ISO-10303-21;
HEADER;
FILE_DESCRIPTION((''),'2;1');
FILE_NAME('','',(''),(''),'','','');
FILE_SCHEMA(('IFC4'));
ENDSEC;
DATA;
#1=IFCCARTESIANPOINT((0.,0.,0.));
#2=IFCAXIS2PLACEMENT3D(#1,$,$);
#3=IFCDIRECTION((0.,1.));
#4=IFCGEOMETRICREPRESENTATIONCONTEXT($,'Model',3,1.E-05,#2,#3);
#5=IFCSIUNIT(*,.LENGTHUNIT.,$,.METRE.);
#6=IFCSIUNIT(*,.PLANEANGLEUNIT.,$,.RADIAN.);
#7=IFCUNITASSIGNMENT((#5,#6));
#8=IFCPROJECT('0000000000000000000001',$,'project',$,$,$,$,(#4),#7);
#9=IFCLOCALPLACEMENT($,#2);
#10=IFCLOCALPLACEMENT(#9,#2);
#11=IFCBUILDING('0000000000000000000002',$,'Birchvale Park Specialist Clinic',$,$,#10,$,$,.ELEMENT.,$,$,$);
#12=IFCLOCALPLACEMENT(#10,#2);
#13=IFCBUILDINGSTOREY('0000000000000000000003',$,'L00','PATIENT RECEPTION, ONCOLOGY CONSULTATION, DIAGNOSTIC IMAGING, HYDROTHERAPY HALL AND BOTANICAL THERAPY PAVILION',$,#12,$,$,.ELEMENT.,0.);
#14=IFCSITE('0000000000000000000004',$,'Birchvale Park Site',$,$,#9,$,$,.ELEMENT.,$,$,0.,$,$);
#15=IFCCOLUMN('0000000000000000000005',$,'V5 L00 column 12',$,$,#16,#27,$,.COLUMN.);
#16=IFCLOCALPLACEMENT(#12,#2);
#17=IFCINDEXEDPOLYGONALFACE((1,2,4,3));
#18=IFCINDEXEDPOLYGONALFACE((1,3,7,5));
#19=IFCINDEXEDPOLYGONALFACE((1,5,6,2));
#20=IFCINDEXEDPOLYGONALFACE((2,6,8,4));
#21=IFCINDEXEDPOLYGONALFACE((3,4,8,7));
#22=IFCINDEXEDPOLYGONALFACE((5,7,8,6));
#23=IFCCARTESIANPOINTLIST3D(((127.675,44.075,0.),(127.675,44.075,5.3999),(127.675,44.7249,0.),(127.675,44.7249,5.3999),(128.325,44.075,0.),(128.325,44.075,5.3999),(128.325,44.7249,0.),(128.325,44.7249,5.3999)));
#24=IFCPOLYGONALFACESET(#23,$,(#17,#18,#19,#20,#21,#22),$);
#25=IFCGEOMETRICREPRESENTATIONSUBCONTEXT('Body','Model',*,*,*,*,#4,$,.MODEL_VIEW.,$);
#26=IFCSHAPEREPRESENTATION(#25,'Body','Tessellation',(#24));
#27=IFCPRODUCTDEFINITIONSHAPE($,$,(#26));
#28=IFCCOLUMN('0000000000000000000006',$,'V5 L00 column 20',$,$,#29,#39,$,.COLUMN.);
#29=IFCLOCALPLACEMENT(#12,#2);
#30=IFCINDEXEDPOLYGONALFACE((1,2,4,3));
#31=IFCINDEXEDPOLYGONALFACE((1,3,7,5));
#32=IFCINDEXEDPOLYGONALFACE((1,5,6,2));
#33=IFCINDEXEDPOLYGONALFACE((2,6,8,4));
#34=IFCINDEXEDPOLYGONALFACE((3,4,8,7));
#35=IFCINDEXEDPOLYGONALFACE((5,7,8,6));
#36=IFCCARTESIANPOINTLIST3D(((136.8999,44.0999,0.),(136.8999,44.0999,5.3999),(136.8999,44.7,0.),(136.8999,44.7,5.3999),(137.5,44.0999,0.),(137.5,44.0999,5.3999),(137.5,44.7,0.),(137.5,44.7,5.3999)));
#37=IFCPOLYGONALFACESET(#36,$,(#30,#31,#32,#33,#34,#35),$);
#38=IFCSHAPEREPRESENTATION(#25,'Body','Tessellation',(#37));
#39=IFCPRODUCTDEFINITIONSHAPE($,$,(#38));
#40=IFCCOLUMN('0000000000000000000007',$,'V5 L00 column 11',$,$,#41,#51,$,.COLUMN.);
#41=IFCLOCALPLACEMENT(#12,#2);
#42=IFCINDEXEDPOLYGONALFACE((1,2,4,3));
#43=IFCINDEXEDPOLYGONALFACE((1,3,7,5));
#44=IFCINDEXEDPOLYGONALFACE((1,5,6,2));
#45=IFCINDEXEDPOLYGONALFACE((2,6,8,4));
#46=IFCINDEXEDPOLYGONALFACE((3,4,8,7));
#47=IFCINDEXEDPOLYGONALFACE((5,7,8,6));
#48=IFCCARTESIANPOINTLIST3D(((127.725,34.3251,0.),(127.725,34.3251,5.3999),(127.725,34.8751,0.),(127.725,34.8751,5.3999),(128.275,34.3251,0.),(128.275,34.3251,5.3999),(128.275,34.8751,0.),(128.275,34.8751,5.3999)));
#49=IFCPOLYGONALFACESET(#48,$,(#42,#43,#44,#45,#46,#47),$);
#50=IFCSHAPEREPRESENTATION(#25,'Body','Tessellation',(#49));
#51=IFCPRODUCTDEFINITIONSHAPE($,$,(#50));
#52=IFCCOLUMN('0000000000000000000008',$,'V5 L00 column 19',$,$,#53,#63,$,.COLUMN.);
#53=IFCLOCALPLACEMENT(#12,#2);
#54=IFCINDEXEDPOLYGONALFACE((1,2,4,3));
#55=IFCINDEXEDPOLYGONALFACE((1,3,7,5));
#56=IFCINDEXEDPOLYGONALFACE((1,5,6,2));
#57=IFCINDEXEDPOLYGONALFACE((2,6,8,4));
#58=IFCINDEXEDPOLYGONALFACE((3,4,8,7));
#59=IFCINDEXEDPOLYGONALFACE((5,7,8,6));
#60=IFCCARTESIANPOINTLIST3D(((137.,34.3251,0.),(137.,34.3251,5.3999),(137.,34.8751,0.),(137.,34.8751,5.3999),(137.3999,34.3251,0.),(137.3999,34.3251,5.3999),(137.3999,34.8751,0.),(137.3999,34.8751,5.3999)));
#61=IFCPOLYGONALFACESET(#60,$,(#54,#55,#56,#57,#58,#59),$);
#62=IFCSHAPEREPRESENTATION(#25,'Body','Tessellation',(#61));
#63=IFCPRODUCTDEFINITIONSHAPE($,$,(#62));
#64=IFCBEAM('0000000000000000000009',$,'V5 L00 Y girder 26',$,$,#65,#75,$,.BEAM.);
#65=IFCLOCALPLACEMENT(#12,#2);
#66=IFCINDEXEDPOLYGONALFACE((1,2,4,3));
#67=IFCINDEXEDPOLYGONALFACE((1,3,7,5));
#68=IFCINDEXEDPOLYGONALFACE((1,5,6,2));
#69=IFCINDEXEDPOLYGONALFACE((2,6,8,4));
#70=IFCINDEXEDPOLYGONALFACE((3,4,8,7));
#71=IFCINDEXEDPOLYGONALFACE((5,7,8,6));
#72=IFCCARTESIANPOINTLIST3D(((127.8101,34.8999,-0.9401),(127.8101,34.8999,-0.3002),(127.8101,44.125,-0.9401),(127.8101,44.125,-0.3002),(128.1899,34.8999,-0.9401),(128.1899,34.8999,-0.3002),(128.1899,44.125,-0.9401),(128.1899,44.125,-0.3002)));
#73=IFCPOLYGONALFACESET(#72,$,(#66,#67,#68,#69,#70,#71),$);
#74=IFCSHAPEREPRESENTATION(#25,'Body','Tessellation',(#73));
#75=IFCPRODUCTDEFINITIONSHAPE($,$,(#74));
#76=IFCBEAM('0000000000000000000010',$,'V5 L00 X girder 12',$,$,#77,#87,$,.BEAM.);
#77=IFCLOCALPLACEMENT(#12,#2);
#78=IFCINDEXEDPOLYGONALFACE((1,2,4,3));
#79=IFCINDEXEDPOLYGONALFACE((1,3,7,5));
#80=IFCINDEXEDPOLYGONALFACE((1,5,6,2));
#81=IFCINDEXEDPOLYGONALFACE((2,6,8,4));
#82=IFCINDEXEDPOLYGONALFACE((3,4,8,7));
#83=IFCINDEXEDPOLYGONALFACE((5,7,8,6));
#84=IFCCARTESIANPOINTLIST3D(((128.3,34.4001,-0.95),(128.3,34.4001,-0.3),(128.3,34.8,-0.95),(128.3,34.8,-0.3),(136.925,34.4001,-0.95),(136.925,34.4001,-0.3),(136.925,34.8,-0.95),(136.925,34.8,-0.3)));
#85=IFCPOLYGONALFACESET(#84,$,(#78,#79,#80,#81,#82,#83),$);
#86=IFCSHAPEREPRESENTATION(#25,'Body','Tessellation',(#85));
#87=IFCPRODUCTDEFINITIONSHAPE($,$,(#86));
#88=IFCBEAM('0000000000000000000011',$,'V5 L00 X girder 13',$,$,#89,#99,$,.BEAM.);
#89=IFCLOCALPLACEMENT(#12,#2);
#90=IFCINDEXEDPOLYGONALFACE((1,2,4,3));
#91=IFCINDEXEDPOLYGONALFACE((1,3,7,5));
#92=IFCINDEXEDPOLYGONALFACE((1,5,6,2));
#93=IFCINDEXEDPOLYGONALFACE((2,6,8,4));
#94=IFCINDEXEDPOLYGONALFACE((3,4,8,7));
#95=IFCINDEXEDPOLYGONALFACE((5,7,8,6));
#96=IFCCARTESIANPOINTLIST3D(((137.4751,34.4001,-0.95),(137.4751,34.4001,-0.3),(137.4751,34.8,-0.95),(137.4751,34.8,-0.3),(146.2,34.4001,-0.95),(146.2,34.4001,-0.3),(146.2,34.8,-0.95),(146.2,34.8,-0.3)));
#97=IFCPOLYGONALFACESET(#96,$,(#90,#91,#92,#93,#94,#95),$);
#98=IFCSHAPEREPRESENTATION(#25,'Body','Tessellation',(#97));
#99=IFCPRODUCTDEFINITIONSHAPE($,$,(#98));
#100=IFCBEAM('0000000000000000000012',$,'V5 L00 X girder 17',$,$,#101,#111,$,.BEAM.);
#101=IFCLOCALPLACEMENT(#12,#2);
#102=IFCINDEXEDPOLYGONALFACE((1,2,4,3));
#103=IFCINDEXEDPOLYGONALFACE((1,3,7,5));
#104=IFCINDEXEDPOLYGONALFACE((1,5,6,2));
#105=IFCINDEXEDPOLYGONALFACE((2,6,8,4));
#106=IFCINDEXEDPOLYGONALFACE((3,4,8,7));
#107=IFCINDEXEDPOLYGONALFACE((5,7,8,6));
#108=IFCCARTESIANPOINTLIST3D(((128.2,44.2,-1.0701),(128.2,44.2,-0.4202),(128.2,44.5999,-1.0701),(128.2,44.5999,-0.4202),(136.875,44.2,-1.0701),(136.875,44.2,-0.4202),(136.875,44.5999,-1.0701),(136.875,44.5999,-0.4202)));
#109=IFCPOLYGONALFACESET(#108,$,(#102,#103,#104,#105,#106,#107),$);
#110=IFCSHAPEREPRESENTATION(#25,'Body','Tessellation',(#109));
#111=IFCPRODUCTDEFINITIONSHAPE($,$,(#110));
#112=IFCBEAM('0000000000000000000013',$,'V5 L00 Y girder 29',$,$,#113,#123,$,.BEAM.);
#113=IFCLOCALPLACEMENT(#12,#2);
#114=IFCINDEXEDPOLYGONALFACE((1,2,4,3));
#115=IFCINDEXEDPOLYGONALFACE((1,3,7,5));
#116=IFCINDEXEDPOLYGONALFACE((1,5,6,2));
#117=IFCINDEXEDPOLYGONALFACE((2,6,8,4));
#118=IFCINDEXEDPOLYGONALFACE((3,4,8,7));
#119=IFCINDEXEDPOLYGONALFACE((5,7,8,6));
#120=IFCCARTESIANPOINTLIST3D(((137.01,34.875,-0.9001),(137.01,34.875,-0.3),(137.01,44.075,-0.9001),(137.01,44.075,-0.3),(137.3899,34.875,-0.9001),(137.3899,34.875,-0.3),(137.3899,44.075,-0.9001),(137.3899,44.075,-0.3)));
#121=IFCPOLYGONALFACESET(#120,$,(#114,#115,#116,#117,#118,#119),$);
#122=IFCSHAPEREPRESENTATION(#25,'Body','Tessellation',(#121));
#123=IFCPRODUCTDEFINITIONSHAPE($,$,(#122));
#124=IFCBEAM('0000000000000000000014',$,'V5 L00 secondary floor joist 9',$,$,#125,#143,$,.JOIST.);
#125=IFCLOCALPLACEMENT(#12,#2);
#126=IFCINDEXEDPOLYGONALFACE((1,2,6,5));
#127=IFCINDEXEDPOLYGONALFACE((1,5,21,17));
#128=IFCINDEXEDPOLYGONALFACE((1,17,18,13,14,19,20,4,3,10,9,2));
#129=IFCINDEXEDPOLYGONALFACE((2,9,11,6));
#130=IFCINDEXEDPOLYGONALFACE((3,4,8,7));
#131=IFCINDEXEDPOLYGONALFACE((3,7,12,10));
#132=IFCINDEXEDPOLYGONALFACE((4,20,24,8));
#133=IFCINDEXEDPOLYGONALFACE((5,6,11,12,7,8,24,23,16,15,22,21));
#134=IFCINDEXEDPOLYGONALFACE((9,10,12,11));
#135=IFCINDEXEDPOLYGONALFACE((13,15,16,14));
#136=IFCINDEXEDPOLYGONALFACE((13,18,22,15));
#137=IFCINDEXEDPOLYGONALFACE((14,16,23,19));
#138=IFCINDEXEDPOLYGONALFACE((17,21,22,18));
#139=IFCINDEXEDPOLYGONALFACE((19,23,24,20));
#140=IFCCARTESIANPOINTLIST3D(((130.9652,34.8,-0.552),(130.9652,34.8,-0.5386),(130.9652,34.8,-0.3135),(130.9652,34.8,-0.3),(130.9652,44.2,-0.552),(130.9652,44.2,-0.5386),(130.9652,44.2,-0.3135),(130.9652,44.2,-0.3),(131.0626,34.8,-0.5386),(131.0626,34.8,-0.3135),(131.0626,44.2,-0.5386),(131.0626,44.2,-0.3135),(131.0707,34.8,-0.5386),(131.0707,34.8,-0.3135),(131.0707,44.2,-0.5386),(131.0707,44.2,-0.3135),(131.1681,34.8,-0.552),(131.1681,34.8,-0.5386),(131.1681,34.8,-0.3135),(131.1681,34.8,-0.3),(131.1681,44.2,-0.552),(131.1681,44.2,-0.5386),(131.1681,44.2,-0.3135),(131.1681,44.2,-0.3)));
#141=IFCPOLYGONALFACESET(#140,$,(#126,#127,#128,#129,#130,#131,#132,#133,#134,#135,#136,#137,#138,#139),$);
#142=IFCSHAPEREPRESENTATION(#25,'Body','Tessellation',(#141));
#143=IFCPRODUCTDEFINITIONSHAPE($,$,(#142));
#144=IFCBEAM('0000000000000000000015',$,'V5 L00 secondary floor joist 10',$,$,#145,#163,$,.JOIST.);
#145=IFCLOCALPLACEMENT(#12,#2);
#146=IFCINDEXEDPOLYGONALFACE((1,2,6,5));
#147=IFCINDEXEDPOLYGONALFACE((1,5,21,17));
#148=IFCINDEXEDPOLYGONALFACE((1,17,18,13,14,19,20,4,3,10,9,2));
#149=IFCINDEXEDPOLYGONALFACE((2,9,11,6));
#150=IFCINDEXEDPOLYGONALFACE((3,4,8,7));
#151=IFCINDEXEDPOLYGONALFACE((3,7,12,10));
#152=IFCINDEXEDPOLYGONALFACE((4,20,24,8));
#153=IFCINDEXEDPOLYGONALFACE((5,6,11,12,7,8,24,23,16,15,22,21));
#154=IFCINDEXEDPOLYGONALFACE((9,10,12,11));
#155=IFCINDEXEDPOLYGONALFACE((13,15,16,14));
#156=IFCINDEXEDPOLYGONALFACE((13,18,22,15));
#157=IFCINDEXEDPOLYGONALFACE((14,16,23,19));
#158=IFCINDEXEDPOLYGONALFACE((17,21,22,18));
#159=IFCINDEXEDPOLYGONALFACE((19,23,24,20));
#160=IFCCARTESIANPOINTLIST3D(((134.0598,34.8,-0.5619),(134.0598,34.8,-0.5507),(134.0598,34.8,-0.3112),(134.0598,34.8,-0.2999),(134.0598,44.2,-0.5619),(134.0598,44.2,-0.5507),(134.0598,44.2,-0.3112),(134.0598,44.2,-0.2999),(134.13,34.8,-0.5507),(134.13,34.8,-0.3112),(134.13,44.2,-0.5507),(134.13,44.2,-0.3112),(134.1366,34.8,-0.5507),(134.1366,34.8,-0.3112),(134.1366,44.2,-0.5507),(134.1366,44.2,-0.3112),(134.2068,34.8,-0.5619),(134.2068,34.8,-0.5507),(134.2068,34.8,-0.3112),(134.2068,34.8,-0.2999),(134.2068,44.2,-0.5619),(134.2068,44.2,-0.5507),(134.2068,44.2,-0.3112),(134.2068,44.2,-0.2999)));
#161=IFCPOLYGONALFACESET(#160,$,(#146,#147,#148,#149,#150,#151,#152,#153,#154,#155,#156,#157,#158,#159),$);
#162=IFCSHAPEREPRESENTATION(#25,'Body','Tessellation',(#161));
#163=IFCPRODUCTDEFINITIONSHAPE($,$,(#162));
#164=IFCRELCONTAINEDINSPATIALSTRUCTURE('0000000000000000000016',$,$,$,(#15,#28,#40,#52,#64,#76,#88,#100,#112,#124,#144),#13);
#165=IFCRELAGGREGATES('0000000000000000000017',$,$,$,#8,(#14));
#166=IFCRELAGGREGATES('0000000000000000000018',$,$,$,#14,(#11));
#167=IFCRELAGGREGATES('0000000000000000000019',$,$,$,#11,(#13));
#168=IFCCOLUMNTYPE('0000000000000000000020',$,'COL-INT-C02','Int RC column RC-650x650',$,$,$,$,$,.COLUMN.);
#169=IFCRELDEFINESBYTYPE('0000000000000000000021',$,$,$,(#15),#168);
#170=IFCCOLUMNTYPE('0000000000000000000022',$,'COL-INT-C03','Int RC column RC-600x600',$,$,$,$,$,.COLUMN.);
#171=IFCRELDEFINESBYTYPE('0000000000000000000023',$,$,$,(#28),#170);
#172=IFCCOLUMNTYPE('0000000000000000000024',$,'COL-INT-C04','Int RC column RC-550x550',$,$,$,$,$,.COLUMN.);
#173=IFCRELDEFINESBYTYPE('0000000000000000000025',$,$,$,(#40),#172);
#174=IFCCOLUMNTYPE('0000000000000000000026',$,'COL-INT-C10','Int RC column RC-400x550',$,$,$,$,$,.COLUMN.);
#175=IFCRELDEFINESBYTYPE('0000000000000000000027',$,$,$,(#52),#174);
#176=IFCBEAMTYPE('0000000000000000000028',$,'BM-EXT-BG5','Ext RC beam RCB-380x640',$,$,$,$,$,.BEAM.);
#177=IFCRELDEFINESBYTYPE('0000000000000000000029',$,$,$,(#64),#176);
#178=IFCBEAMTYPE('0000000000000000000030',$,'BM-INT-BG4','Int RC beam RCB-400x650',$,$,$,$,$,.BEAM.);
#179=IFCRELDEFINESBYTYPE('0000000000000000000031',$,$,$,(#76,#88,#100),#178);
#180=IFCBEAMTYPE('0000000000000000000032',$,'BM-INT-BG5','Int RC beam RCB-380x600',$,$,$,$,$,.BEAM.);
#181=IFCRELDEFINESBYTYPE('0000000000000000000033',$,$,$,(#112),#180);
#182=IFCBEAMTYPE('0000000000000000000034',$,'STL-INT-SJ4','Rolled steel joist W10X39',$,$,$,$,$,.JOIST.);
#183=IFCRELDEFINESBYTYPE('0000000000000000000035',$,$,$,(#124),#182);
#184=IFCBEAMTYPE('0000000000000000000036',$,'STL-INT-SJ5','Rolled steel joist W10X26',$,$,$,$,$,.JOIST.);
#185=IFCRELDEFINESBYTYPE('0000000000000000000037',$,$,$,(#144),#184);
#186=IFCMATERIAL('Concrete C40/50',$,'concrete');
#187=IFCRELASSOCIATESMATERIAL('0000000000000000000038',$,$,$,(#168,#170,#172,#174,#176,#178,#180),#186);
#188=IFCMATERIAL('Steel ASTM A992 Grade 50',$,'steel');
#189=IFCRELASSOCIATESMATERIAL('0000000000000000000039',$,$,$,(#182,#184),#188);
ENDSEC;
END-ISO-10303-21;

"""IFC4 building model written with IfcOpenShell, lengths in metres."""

from ifc_helpers import new_model, si_unit, direction, frame, origin, origin_2d, place, context, subcontext, project, spatial, rectangle, i_section, extrude, material, material_profile, profile_set, type_object, element, save


model = new_model("IFC4")

# Units and contexts
model_context = context("Model", 3, precision=1e-05, world=origin(), true_north=direction((0.0, 1.0)))
body_context = subcontext(model_context, "Body", "Model", "MODEL_VIEW")
ifc_project = project(units=[si_unit("LENGTHUNIT", "METRE"), si_unit("PLANEANGLEUNIT", "RADIAN")], contexts=[model_context])

# Site, building, storey
site_placement = place(None, origin())
site = spatial("IfcSite", under=ifc_project, at=site_placement, Name="Birchvale Park Site", CompositionType="ELEMENT", RefElevation=0.0)
building_placement = place(site_placement, origin())
building = spatial("IfcBuilding", under=site, at=building_placement, Name="Birchvale Park Specialist Clinic", CompositionType="ELEMENT")
storey_placement = place(building_placement, origin())
storey = spatial("IfcBuildingStorey", under=building, at=storey_placement, Name="L00", Description="PATIENT RECEPTION, ONCOLOGY CONSULTATION, DIAGNOSTIC IMAGING, HYDROTHERAPY HALL AND BOTANICAL THERAPY PAVILION", CompositionType="ELEMENT", Elevation=0.0)

# Columns
ifc_material_1 = material(Name="Concrete C40/50", Category="concrete")
ifc_material_profile_1 = material_profile(ifc_material_1, rectangle(XDim=0.6499, YDim=0.6499, at=origin_2d()), Name="RC-650x650")
ifc_profile_set_1 = profile_set([ifc_material_profile_1], Name="Concrete C40/50")
column_type_1 = type_object("IfcColumnType", Name="COL-INT-C02", Description="Int RC column RC-650x650", PredefinedType="COLUMN", material=ifc_profile_set_1)
column_1_placement = place(storey_placement, frame((128.0, 44.3999, 0.0), z_axis=(0.0, 0.0, 1.0), x_axis=(1.0, 0.0, 0.0)))
element("IfcColumn", 1, at=column_1_placement, inside=storey, type_object=column_type_1, Name="V5 L00 column 12", PredefinedType="COLUMN", context=body_context, shape_type="SweptSolid", body=[
    extrude(rectangle(XDim=0.6499, YDim=0.6499, at=origin_2d()), origin(), (0.0, 0.0, 1.0), 5.3999),
])
ifc_material_profile_2 = material_profile(ifc_material_1, rectangle(XDim=0.6001, YDim=0.6001, at=origin_2d()), Name="RC-600x600")
ifc_profile_set_2 = profile_set([ifc_material_profile_2], Name="Concrete C40/50")
column_type_2 = type_object("IfcColumnType", Name="COL-INT-C03", Description="Int RC column RC-600x600", PredefinedType="COLUMN", material=ifc_profile_set_2)
column_2_placement = place(storey_placement, frame((137.2, 44.3999, 0.0), z_axis=(0.0, 0.0, 1.0), x_axis=(1.0, 0.0, 0.0)))
element("IfcColumn", 2, at=column_2_placement, inside=storey, type_object=column_type_2, Name="V5 L00 column 20", PredefinedType="COLUMN", context=body_context, shape_type="SweptSolid", body=[
    extrude(rectangle(XDim=0.6001, YDim=0.6001, at=origin_2d()), origin(), (0.0, 0.0, 1.0), 5.3999),
])
ifc_material_profile_3 = material_profile(ifc_material_1, rectangle(XDim=0.55, YDim=0.55, at=origin_2d()), Name="RC-550x550")
ifc_profile_set_3 = profile_set([ifc_material_profile_3], Name="Concrete C40/50")
column_type_3 = type_object("IfcColumnType", Name="COL-INT-C04", Description="Int RC column RC-550x550", PredefinedType="COLUMN", material=ifc_profile_set_3)
column_3_placement = place(storey_placement, frame((128.0, 34.6001, 0.0), z_axis=(0.0, 0.0, 1.0), x_axis=(1.0, 0.0, 0.0)))
element("IfcColumn", 3, at=column_3_placement, inside=storey, type_object=column_type_3, Name="V5 L00 column 11", PredefinedType="COLUMN", context=body_context, shape_type="SweptSolid", body=[
    extrude(rectangle(XDim=0.55, YDim=0.55, at=origin_2d()), origin(), (0.0, 0.0, 1.0), 5.3999),
])
ifc_material_profile_4 = material_profile(ifc_material_1, rectangle(XDim=0.3999, YDim=0.55, at=origin_2d()), Name="RC-400x550")
ifc_profile_set_4 = profile_set([ifc_material_profile_4], Name="Concrete C40/50")
column_type_4 = type_object("IfcColumnType", Name="COL-INT-C10", Description="Int RC column RC-400x550", PredefinedType="COLUMN", material=ifc_profile_set_4)
column_4_placement = place(storey_placement, frame((137.2, 34.6001, 0.0), z_axis=(0.0, 0.0, 1.0), x_axis=(1.0, 0.0, 0.0)))
element("IfcColumn", 4, at=column_4_placement, inside=storey, type_object=column_type_4, Name="V5 L00 column 19", PredefinedType="COLUMN", context=body_context, shape_type="SweptSolid", body=[
    extrude(rectangle(XDim=0.3999, YDim=0.55, at=origin_2d()), origin(), (0.0, 0.0, 1.0), 5.3999),
])

# Beams
ifc_material_profile_5 = material_profile(ifc_material_1, rectangle(XDim=0.3799, YDim=0.6399, at=origin_2d()), Name="RCB-380x640")
ifc_profile_set_5 = profile_set([ifc_material_profile_5], Name="Concrete C40/50")
beam_type_1 = type_object("IfcBeamType", Name="BM-EXT-BG5", Description="Ext RC beam RCB-380x640", PredefinedType="BEAM", material=ifc_profile_set_5)
beam_1_placement = place(storey_placement, frame((128.0, 34.8999, -0.6201), z_axis=(0.0, 1.0, 0.0), x_axis=(-1.0, 0.0, 0.0)))
element("IfcBeam", 5, at=beam_1_placement, inside=storey, type_object=beam_type_1, Name="V5 L00 Y girder 26", PredefinedType="BEAM", context=body_context, shape_type="SweptSolid", body=[
    extrude(rectangle(XDim=0.3799, YDim=0.6399, at=origin_2d()), origin(), (0.0, 0.0, 1.0), 9.2251),
])
ifc_material_profile_6 = material_profile(ifc_material_1, rectangle(XDim=0.3999, YDim=0.6499, at=origin_2d()), Name="RCB-400x650")
ifc_profile_set_6 = profile_set([ifc_material_profile_6], Name="Concrete C40/50")
beam_type_2 = type_object("IfcBeamType", Name="BM-INT-BG4", Description="Int RC beam RCB-400x650", PredefinedType="BEAM", material=ifc_profile_set_6)
beam_2_placement = place(storey_placement, frame((128.3, 34.6001, -0.625), z_axis=(1.0, 0.0, 0.0), x_axis=(0.0, 1.0, 0.0)))
element("IfcBeam", 6, at=beam_2_placement, inside=storey, type_object=beam_type_2, Name="V5 L00 X girder 12", PredefinedType="BEAM", context=body_context, shape_type="SweptSolid", body=[
    extrude(rectangle(XDim=0.3999, YDim=0.6499, at=origin_2d()), origin(), (0.0, 0.0, 1.0), 8.625),
])
beam_3_placement = place(storey_placement, frame((137.4751, 34.6001, -0.625), z_axis=(1.0, 0.0, 0.0), x_axis=(0.0, 1.0, 0.0)))
element("IfcBeam", 7, at=beam_3_placement, inside=storey, type_object=beam_type_2, Name="V5 L00 X girder 13", PredefinedType="BEAM", context=body_context, shape_type="SweptSolid", body=[
    extrude(rectangle(XDim=0.3999, YDim=0.6499, at=origin_2d()), origin(), (0.0, 0.0, 1.0), 8.7249),
])
beam_4_placement = place(storey_placement, frame((128.2, 44.3999, -0.7451), z_axis=(1.0, 0.0, 0.0), x_axis=(0.0, 1.0, 0.0)))
element("IfcBeam", 8, at=beam_4_placement, inside=storey, type_object=beam_type_2, Name="V5 L00 X girder 17", PredefinedType="BEAM", context=body_context, shape_type="SweptSolid", body=[
    extrude(rectangle(XDim=0.3999, YDim=0.6499, at=origin_2d()), origin(), (0.0, 0.0, 1.0), 8.675),
])
ifc_material_profile_7 = material_profile(ifc_material_1, rectangle(XDim=0.3799, YDim=0.6001, at=origin_2d()), Name="RCB-380x600")
ifc_profile_set_7 = profile_set([ifc_material_profile_7], Name="Concrete C40/50")
beam_type_3 = type_object("IfcBeamType", Name="BM-INT-BG5", Description="Int RC beam RCB-380x600", PredefinedType="BEAM", material=ifc_profile_set_7)
beam_5_placement = place(storey_placement, frame((137.2, 34.875, -0.6001), z_axis=(0.0, 1.0, 0.0), x_axis=(-1.0, 0.0, 0.0)))
element("IfcBeam", 9, at=beam_5_placement, inside=storey, type_object=beam_type_3, Name="V5 L00 Y girder 29", PredefinedType="BEAM", context=body_context, shape_type="SweptSolid", body=[
    extrude(rectangle(XDim=0.3799, YDim=0.6001, at=origin_2d()), origin(), (0.0, 0.0, 1.0), 9.2),
])
ifc_material_2 = material(Name="Steel ASTM A992 Grade 50", Category="steel")
ifc_material_profile_8 = material_profile(ifc_material_2, i_section(OverallWidth=0.2029, OverallDepth=0.252, WebThickness=0.0081, FlangeThickness=0.0134, at=origin_2d()), Name="W10X39")
ifc_profile_set_8 = profile_set([ifc_material_profile_8], Name="Steel ASTM A992 Grade 50")
beam_type_4 = type_object("IfcBeamType", Name="STL-INT-SJ4", Description="Rolled steel joist W10X39", PredefinedType="JOIST", material=ifc_profile_set_8)
beam_6_placement = place(storey_placement, frame((131.0667, 34.8, -0.426), z_axis=(0.0, 1.0, 0.0), x_axis=(-1.0, 0.0, 0.0)))
element("IfcBeam", 10, at=beam_6_placement, inside=storey, type_object=beam_type_4, Name="V5 L00 secondary floor joist 9", PredefinedType="JOIST", context=body_context, shape_type="SweptSolid", body=[
    extrude(i_section(OverallWidth=0.2029, OverallDepth=0.252, WebThickness=0.0081, FlangeThickness=0.0134, at=origin_2d()), origin(), (0.0, 0.0, 1.0), 9.3999),
])
ifc_material_profile_9 = material_profile(ifc_material_2, i_section(OverallWidth=0.147, OverallDepth=0.262, WebThickness=0.0066, FlangeThickness=0.0112, at=origin_2d()), Name="W10X26")
ifc_profile_set_9 = profile_set([ifc_material_profile_9], Name="Steel ASTM A992 Grade 50")
beam_type_5 = type_object("IfcBeamType", Name="STL-INT-SJ5", Description="Rolled steel joist W10X26", PredefinedType="JOIST", material=ifc_profile_set_9)
beam_7_placement = place(storey_placement, frame((134.1333, 34.8, -0.4309), z_axis=(0.0, 1.0, 0.0), x_axis=(-1.0, 0.0, 0.0)))
element("IfcBeam", 11, at=beam_7_placement, inside=storey, type_object=beam_type_5, Name="V5 L00 secondary floor joist 10", PredefinedType="JOIST", context=body_context, shape_type="SweptSolid", body=[
    extrude(i_section(OverallWidth=0.147, OverallDepth=0.262, WebThickness=0.0066, FlangeThickness=0.0112, at=origin_2d()), origin(), (0.0, 0.0, 1.0), 9.3999),
])

save(model, "model.ifc")
